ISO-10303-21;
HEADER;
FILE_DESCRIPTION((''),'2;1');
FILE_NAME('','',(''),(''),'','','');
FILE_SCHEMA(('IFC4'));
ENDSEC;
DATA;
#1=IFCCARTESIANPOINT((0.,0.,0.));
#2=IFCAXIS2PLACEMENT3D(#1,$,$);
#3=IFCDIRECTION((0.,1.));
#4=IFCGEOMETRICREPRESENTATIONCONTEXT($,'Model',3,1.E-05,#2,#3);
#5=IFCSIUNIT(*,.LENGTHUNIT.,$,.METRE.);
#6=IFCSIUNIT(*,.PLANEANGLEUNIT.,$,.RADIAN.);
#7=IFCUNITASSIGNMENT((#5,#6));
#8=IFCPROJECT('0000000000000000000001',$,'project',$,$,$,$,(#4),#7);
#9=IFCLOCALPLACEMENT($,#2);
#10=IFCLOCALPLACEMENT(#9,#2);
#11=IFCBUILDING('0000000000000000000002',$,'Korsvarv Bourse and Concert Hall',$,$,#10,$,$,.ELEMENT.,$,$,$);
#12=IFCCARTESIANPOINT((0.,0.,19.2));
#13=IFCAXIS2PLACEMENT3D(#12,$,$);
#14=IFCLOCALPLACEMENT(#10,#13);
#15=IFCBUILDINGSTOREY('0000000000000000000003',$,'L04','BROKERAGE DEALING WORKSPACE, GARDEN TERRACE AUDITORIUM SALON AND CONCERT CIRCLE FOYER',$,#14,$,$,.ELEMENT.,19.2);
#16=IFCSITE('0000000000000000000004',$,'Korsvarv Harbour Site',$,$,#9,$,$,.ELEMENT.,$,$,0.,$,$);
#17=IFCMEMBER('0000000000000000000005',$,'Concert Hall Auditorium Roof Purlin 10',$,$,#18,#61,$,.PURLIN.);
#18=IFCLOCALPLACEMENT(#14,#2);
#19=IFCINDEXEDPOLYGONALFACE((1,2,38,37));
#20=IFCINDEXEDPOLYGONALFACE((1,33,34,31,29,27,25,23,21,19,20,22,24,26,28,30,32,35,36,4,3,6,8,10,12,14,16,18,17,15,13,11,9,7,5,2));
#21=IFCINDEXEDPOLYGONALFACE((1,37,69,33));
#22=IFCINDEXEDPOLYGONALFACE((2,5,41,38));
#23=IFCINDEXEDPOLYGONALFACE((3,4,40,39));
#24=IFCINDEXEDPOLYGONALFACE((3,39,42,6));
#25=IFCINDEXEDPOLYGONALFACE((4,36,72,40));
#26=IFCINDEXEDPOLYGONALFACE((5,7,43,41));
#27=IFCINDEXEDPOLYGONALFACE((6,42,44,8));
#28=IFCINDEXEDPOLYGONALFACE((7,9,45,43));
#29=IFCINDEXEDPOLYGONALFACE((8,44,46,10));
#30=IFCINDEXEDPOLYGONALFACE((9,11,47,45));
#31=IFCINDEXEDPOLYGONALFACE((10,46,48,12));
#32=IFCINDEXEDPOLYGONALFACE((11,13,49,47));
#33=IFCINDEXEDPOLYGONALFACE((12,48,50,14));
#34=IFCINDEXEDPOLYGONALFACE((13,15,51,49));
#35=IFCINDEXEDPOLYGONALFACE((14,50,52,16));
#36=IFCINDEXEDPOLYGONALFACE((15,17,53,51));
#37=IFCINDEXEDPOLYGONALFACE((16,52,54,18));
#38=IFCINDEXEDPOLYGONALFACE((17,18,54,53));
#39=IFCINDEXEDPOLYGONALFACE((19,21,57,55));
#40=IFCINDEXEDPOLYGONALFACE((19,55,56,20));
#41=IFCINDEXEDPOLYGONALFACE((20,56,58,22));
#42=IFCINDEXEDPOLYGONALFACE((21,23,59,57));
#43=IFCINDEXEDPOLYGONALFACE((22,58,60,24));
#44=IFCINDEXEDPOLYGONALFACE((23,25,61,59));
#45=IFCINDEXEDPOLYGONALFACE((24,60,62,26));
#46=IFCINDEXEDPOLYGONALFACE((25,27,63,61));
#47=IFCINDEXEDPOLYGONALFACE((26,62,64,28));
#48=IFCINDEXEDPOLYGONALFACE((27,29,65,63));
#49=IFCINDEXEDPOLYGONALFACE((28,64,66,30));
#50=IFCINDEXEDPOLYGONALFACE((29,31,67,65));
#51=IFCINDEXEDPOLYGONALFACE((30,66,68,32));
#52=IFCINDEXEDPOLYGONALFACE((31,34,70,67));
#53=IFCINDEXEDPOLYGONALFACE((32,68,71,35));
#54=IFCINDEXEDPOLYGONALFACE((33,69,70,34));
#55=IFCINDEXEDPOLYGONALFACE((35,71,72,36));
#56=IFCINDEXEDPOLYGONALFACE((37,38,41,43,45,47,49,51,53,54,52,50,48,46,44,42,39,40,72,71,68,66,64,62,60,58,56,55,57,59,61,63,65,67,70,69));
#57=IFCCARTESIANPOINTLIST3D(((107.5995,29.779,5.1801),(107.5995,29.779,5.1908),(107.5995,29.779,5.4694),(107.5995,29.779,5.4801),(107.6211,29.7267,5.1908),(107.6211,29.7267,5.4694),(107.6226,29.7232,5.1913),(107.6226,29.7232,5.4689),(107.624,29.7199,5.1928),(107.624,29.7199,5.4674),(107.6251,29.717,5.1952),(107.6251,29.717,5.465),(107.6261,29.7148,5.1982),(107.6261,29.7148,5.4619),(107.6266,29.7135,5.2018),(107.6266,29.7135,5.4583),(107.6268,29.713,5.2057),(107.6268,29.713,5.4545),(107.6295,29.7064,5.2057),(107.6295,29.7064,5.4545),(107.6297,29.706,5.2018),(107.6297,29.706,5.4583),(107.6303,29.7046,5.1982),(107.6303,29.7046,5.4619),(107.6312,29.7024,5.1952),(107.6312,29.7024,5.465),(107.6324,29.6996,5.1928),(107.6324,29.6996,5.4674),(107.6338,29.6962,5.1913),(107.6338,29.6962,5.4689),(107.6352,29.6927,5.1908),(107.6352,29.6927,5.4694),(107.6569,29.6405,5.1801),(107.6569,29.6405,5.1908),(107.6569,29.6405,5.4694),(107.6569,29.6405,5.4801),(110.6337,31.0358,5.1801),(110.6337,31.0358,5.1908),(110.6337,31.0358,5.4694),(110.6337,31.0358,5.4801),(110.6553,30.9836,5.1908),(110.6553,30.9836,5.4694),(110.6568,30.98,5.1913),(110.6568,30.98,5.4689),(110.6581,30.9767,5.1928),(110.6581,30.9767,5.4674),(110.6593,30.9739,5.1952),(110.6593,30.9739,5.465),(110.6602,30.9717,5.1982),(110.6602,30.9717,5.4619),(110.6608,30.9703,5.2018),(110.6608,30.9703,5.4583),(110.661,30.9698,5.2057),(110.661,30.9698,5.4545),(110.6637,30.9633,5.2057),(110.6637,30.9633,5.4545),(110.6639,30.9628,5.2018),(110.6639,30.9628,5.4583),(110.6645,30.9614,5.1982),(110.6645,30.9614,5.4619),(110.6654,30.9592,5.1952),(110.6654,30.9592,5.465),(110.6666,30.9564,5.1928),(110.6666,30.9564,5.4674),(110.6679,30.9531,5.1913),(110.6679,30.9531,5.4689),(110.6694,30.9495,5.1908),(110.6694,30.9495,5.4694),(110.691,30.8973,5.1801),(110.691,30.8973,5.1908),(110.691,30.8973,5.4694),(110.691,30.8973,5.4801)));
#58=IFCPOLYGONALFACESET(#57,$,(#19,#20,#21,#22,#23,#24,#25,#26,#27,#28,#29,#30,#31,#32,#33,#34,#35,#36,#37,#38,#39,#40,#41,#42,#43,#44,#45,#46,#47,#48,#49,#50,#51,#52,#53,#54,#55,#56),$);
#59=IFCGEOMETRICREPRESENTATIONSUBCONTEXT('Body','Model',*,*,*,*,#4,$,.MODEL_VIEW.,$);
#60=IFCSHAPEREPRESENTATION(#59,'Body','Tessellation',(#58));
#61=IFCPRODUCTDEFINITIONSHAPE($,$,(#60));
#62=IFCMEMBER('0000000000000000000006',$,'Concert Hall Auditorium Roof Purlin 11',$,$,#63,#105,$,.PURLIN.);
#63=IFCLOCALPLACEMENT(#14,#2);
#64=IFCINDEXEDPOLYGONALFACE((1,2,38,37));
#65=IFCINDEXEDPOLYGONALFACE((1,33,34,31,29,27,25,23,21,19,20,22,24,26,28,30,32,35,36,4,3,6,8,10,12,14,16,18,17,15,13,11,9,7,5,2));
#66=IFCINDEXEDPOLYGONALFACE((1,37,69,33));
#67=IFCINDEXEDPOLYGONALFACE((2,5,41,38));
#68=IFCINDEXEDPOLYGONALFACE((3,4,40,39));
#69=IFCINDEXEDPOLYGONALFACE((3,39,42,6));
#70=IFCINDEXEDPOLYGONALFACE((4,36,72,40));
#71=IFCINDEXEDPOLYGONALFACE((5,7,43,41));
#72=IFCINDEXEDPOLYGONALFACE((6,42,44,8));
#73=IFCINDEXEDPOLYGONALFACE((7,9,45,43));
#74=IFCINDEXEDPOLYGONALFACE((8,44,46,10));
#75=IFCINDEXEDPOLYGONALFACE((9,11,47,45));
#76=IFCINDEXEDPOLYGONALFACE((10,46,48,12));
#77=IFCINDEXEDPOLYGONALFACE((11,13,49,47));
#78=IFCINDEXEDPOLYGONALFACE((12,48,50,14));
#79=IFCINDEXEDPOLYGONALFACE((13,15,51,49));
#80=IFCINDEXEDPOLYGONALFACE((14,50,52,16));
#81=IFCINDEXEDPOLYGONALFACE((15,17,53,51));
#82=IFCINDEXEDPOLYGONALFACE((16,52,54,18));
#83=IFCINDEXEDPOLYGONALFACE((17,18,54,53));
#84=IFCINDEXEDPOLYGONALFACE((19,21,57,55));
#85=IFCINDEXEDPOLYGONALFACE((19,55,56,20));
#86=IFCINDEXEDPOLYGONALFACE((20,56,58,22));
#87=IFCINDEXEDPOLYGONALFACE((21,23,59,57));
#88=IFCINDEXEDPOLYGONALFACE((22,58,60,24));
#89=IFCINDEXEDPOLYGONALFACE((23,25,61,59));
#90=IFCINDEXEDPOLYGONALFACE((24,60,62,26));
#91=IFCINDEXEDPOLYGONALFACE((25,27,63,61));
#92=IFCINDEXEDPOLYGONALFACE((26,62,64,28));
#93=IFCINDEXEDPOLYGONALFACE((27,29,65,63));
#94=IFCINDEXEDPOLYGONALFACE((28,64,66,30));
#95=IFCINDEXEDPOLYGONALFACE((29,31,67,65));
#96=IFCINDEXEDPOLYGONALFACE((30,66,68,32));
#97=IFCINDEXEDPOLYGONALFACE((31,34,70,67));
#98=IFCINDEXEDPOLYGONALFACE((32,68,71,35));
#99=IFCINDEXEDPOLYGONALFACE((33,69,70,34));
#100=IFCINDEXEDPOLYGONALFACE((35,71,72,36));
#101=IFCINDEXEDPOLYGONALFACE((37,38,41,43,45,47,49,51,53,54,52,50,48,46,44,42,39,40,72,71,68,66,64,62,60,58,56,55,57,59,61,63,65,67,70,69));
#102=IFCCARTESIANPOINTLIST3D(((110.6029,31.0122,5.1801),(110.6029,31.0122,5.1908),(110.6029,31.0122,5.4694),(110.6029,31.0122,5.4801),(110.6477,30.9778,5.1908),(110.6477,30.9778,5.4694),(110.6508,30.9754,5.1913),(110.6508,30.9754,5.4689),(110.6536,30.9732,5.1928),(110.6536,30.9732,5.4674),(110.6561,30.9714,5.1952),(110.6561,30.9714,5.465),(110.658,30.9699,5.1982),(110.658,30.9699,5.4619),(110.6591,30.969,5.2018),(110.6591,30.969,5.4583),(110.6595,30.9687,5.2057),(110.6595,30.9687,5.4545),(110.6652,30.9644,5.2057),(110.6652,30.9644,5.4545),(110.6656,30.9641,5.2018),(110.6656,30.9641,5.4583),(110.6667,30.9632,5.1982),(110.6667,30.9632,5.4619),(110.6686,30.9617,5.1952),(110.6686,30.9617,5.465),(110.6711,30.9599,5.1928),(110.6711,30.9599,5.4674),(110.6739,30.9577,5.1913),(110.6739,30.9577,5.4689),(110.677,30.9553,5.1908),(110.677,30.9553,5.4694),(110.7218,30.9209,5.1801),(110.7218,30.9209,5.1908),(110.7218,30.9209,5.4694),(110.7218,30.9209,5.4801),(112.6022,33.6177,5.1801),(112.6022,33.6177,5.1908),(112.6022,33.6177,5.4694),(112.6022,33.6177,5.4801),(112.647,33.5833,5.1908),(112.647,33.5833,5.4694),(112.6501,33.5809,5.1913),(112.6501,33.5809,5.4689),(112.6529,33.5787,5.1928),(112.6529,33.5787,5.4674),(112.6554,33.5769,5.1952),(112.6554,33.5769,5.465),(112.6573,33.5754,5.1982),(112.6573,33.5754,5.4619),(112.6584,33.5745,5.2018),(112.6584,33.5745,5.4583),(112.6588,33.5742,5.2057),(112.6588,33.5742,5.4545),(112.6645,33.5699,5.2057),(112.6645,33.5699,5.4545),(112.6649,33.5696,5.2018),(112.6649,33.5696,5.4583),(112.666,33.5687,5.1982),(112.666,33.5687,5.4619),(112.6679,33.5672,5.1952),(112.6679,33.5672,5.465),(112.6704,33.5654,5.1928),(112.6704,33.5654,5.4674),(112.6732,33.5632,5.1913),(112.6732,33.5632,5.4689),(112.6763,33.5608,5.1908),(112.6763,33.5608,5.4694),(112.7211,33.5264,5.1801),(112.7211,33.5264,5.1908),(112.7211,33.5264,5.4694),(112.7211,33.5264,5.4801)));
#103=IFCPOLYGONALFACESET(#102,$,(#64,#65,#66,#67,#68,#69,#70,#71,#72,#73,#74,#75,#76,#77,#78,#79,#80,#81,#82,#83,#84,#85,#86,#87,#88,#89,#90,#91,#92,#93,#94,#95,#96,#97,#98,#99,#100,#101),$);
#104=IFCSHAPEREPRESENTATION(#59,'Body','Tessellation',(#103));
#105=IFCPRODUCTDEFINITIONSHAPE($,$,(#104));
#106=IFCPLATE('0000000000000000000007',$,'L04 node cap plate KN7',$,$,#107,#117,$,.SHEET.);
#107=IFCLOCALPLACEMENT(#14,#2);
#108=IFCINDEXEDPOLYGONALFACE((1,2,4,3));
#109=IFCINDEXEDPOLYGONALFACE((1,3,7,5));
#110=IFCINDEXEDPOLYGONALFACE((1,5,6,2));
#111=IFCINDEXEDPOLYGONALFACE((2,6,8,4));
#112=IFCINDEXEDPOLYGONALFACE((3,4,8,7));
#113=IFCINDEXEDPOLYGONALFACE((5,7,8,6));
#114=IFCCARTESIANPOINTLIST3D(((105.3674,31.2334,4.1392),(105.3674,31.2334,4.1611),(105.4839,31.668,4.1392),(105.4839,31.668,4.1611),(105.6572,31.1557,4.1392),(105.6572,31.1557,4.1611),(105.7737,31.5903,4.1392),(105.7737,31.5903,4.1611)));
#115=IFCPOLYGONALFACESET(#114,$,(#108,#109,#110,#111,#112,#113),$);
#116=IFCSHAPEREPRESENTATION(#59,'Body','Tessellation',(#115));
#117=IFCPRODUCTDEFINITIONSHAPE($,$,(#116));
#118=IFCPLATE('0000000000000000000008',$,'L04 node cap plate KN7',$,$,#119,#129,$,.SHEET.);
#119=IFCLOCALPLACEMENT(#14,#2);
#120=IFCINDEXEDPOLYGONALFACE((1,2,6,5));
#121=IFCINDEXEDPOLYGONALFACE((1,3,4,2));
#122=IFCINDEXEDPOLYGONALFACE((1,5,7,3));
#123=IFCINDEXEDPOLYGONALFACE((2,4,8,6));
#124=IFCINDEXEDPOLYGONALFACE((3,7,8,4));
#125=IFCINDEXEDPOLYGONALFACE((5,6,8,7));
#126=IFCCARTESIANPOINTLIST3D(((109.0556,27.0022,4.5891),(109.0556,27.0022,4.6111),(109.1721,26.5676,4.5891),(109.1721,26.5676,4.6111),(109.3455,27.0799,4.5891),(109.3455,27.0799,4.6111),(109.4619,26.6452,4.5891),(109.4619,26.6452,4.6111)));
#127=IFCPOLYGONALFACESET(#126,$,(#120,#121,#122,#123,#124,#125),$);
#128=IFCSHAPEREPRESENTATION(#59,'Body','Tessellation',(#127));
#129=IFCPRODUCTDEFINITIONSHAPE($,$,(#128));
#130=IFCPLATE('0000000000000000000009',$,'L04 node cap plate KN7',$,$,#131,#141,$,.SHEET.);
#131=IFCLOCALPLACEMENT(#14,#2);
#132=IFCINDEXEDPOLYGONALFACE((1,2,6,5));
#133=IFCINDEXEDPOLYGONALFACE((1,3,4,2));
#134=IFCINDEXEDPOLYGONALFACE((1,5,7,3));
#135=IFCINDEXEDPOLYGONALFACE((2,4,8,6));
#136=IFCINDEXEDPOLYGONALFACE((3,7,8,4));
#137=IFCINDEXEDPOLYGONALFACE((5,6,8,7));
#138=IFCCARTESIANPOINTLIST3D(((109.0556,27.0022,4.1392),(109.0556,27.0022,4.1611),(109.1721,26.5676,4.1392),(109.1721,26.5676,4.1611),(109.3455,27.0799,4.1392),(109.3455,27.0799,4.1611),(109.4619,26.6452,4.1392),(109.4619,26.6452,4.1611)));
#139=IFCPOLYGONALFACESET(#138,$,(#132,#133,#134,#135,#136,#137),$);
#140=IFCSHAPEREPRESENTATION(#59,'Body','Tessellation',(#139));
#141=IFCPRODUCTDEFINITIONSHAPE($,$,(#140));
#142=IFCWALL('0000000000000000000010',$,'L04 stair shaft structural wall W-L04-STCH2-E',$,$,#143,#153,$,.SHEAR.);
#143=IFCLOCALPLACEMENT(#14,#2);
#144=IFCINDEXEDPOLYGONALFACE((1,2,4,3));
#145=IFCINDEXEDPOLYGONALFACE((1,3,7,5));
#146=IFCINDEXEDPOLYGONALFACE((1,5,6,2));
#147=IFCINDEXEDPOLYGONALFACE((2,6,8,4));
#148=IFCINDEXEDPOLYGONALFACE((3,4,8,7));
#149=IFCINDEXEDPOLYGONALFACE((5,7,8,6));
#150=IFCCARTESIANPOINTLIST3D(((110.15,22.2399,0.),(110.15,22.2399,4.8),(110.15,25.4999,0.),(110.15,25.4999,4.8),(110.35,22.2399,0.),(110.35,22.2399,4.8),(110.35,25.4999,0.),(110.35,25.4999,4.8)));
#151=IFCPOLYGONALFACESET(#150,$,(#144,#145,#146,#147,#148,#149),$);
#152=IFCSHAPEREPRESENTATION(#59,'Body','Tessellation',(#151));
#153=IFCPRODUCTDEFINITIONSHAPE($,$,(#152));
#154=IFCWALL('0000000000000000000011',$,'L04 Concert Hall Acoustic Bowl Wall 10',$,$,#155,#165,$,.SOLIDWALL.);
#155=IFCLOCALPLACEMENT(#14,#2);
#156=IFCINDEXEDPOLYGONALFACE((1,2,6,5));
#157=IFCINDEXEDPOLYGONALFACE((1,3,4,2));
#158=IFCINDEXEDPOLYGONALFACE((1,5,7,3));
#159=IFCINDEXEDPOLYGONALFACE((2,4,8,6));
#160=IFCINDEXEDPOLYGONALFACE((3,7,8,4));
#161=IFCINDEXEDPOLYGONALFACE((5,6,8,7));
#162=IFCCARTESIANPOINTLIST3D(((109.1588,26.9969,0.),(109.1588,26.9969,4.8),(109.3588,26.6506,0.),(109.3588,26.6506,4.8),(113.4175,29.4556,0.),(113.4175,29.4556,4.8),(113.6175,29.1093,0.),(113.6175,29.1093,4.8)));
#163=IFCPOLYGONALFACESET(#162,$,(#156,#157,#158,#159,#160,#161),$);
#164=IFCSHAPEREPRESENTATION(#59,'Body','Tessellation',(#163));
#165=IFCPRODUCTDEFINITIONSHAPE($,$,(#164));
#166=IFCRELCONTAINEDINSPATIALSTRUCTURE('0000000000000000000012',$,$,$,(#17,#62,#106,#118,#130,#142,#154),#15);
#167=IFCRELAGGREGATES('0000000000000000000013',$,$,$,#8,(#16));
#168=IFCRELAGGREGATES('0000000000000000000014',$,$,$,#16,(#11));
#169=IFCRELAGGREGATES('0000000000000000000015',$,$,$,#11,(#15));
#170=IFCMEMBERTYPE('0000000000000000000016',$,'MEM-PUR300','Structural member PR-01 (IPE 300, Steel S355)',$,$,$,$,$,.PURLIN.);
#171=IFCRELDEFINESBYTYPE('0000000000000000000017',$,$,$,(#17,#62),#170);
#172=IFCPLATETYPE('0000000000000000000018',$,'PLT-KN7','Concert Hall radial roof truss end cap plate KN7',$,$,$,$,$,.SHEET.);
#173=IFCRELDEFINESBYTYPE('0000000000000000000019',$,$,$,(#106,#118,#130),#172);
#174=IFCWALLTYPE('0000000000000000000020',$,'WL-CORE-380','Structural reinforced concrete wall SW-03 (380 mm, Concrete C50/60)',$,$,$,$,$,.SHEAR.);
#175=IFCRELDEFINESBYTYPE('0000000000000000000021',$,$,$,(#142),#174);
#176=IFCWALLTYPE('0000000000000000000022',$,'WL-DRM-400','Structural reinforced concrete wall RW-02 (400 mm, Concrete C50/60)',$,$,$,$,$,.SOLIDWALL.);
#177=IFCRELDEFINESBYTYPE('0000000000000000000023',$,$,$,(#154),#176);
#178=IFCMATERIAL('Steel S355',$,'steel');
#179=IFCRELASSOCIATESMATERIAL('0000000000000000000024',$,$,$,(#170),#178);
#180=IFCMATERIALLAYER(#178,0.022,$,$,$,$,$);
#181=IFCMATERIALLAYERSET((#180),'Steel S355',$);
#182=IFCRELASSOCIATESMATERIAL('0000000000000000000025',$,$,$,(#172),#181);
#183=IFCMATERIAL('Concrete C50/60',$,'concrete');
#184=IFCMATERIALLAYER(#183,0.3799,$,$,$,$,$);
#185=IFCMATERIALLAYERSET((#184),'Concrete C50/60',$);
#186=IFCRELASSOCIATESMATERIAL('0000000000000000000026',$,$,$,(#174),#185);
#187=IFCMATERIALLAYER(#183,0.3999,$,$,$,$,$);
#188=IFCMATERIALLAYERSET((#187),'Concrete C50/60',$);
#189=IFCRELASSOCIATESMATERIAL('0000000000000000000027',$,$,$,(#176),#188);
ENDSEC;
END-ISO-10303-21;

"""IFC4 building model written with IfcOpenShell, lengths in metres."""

from ifc_helpers import new_model, si_unit, direction, frame, frame_2d, origin, origin_2d, place, context, subcontext, project, spatial, rectangle, i_section, extrude, source, transform, mapped, material, layer, layer_set, material_profile, profile_set, type_object, element, save


model = new_model("IFC4")

# Units and contexts
model_context = context("Model", 3, precision=1e-05, world=origin(), true_north=direction((0.0, 1.0)))
body_context = subcontext(model_context, "Body", "Model", "MODEL_VIEW")
ifc_project = project(units=[si_unit("LENGTHUNIT", "METRE"), si_unit("PLANEANGLEUNIT", "RADIAN")], contexts=[model_context])

# Site, building, storey
site_placement = place(None, origin())
site = spatial("IfcSite", under=ifc_project, at=site_placement, Name="Korsvarv Harbour Site", CompositionType="ELEMENT", RefElevation=0.0)
building_placement = place(site_placement, origin())
building = spatial("IfcBuilding", under=site, at=building_placement, Name="Korsvarv Bourse and Concert Hall", CompositionType="ELEMENT")
storey_placement = place(building_placement, frame((0.0, 0.0, 19.2)))
storey = spatial("IfcBuildingStorey", under=building, at=storey_placement, Name="L04", Description="BROKERAGE DEALING WORKSPACE, GARDEN TERRACE AUDITORIUM SALON AND CONCERT CIRCLE FOYER", CompositionType="ELEMENT", Elevation=19.2)

# Shared definitions
ifc_material_1 = material(Name="Concrete C50/60", Category="concrete")

# Shared definitions
ifc_material_2 = material(Name="Steel S355", Category="steel")

# Members
ifc_material_profile_1 = material_profile(ifc_material_2, i_section(OverallWidth=0.1499, OverallDepth=0.3, WebThickness=0.0071, FlangeThickness=0.0107, FilletRadius=0.0149, at=origin_2d()), Name="IPE 300")
ifc_profile_set_1 = profile_set([ifc_material_profile_1], Name="Steel S355")
member_type_1 = type_object("IfcMemberType", Name="MEM-PUR300", Description="Structural member PR-01 (IPE 300, Steel S355)", PredefinedType="PURLIN", material=ifc_profile_set_1)
shared_shape_1 = source(origin(), body_context, "Body", "SweptSolid", [
    extrude(i_section(OverallWidth=0.1499, OverallDepth=0.3, WebThickness=0.0071, FlangeThickness=0.0107, FilletRadius=0.0149, at=origin_2d()), origin(), (0.0, 0.0, 1.0), 3.2842),
])
for number, where, z_axis, x_axis, name in (
    (1, (107.6282, 29.7097, 5.3301), (0.923875, 0.382693, 0.0), (-0.382693, 0.923875, 0.0), "Concert Hall Auditorium Roof Purlin 10"),
    (2, (110.6624, 30.9666, 5.3301), (0.608765, 0.79335, 0.0), (-0.79335, 0.608765, 0.0), "Concert Hall Auditorium Roof Purlin 11"),
):
    element("IfcMember", number, at=place(storey_placement, frame(where, z_axis=z_axis, x_axis=x_axis)), inside=storey, type_object=member_type_1, Name=name, PredefinedType="PURLIN", context=body_context, shape_type="MappedRepresentation", body=[
        mapped(shared_shape_1, transform((0.0, 0.0, 0.0), scale=1.0)),
    ])

# Plates
ifc_layer_1 = layer(ifc_material_2, 0.022)
ifc_layer_set_1 = layer_set([ifc_layer_1], Name="Steel S355")
plate_type = type_object("IfcPlateType", Name="PLT-KN7", Description="Concert Hall radial roof truss end cap plate KN7", PredefinedType="SHEET", material=ifc_layer_set_1)
shared_shape_2 = source(origin(), body_context, "Body", "SweptSolid", [
    extrude(rectangle(XDim=0.45, YDim=0.3, at=origin_2d()), origin(), (0.0, 0.0, 1.0), 0.022),
])
for number, where, z_axis, x_axis, name in (
    (3, (105.5706, 31.4119, 4.1392), (0.0, 0.0, 1.0), (0.258819, 0.965926, 0.0), "L04 node cap plate KN7"),
    (4, (109.2588, 26.8237, 4.5891), (0.0, 0.0, 1.0), (-0.258819, 0.965926, 0.0), "L04 node cap plate KN7"),
    (5, (109.2588, 26.8237, 4.1392), (0.0, 0.0, 1.0), (-0.258819, 0.965926, 0.0), "L04 node cap plate KN7"),
):
    element("IfcPlate", number, at=place(storey_placement, frame(where, z_axis=z_axis, x_axis=x_axis)), inside=storey, type_object=plate_type, Name=name, PredefinedType="SHEET", context=body_context, shape_type="MappedRepresentation", body=[
        mapped(shared_shape_2, transform((0.0, 0.0, 0.0), scale=1.0)),
    ])

# Walls
ifc_layer_2 = layer(ifc_material_1, 0.3799)
ifc_layer_set_2 = layer_set([ifc_layer_2], Name="Concrete C50/60")
wall_type_1 = type_object("IfcWallType", Name="WL-CORE-380", Description="Structural reinforced concrete wall SW-03 (380 mm, Concrete C50/60)", PredefinedType="SHEAR", material=ifc_layer_set_2)
wall_1_placement = place(storey_placement, frame((110.25, 22.24, 0.0), z_axis=(0.0, 0.0, 1.0), x_axis=(0.0, 1.0, 0.0)))
element("IfcWall", 6, at=wall_1_placement, inside=storey, type_object=wall_type_1, Name="L04 stair shaft structural wall W-L04-STCH2-E", PredefinedType="SHEAR", context=body_context, shape_type="SweptSolid", body=[
    extrude(rectangle(XDim=3.26, YDim=0.2, at=frame_2d((1.6299, 0.0))), origin(), (0.0, 0.0, 1.0), 4.8),
])
ifc_layer_3 = layer(ifc_material_1, 0.3999)
ifc_layer_set_3 = layer_set([ifc_layer_3], Name="Concrete C50/60")
wall_type_2 = type_object("IfcWallType", Name="WL-DRM-400", Description="Structural reinforced concrete wall RW-02 (400 mm, Concrete C50/60)", PredefinedType="SOLIDWALL", material=ifc_layer_set_3)
wall_2_placement = place(storey_placement, frame((109.2588, 26.8237, 0.0), z_axis=(0.0, 0.0, 1.0), x_axis=(0.866032, 0.499989, 0.0)))
element("IfcWall", 7, at=wall_2_placement, inside=storey, type_object=wall_type_2, Name="L04 Concert Hall Acoustic Bowl Wall 10", PredefinedType="SOLIDWALL", context=body_context, shape_type="SweptSolid", body=[
    extrude(rectangle(XDim=4.9175, YDim=0.3999, at=frame_2d((2.4587, 0.0))), origin(), (0.0, 0.0, 1.0), 4.8),
])

save(model, "model.ifc")
